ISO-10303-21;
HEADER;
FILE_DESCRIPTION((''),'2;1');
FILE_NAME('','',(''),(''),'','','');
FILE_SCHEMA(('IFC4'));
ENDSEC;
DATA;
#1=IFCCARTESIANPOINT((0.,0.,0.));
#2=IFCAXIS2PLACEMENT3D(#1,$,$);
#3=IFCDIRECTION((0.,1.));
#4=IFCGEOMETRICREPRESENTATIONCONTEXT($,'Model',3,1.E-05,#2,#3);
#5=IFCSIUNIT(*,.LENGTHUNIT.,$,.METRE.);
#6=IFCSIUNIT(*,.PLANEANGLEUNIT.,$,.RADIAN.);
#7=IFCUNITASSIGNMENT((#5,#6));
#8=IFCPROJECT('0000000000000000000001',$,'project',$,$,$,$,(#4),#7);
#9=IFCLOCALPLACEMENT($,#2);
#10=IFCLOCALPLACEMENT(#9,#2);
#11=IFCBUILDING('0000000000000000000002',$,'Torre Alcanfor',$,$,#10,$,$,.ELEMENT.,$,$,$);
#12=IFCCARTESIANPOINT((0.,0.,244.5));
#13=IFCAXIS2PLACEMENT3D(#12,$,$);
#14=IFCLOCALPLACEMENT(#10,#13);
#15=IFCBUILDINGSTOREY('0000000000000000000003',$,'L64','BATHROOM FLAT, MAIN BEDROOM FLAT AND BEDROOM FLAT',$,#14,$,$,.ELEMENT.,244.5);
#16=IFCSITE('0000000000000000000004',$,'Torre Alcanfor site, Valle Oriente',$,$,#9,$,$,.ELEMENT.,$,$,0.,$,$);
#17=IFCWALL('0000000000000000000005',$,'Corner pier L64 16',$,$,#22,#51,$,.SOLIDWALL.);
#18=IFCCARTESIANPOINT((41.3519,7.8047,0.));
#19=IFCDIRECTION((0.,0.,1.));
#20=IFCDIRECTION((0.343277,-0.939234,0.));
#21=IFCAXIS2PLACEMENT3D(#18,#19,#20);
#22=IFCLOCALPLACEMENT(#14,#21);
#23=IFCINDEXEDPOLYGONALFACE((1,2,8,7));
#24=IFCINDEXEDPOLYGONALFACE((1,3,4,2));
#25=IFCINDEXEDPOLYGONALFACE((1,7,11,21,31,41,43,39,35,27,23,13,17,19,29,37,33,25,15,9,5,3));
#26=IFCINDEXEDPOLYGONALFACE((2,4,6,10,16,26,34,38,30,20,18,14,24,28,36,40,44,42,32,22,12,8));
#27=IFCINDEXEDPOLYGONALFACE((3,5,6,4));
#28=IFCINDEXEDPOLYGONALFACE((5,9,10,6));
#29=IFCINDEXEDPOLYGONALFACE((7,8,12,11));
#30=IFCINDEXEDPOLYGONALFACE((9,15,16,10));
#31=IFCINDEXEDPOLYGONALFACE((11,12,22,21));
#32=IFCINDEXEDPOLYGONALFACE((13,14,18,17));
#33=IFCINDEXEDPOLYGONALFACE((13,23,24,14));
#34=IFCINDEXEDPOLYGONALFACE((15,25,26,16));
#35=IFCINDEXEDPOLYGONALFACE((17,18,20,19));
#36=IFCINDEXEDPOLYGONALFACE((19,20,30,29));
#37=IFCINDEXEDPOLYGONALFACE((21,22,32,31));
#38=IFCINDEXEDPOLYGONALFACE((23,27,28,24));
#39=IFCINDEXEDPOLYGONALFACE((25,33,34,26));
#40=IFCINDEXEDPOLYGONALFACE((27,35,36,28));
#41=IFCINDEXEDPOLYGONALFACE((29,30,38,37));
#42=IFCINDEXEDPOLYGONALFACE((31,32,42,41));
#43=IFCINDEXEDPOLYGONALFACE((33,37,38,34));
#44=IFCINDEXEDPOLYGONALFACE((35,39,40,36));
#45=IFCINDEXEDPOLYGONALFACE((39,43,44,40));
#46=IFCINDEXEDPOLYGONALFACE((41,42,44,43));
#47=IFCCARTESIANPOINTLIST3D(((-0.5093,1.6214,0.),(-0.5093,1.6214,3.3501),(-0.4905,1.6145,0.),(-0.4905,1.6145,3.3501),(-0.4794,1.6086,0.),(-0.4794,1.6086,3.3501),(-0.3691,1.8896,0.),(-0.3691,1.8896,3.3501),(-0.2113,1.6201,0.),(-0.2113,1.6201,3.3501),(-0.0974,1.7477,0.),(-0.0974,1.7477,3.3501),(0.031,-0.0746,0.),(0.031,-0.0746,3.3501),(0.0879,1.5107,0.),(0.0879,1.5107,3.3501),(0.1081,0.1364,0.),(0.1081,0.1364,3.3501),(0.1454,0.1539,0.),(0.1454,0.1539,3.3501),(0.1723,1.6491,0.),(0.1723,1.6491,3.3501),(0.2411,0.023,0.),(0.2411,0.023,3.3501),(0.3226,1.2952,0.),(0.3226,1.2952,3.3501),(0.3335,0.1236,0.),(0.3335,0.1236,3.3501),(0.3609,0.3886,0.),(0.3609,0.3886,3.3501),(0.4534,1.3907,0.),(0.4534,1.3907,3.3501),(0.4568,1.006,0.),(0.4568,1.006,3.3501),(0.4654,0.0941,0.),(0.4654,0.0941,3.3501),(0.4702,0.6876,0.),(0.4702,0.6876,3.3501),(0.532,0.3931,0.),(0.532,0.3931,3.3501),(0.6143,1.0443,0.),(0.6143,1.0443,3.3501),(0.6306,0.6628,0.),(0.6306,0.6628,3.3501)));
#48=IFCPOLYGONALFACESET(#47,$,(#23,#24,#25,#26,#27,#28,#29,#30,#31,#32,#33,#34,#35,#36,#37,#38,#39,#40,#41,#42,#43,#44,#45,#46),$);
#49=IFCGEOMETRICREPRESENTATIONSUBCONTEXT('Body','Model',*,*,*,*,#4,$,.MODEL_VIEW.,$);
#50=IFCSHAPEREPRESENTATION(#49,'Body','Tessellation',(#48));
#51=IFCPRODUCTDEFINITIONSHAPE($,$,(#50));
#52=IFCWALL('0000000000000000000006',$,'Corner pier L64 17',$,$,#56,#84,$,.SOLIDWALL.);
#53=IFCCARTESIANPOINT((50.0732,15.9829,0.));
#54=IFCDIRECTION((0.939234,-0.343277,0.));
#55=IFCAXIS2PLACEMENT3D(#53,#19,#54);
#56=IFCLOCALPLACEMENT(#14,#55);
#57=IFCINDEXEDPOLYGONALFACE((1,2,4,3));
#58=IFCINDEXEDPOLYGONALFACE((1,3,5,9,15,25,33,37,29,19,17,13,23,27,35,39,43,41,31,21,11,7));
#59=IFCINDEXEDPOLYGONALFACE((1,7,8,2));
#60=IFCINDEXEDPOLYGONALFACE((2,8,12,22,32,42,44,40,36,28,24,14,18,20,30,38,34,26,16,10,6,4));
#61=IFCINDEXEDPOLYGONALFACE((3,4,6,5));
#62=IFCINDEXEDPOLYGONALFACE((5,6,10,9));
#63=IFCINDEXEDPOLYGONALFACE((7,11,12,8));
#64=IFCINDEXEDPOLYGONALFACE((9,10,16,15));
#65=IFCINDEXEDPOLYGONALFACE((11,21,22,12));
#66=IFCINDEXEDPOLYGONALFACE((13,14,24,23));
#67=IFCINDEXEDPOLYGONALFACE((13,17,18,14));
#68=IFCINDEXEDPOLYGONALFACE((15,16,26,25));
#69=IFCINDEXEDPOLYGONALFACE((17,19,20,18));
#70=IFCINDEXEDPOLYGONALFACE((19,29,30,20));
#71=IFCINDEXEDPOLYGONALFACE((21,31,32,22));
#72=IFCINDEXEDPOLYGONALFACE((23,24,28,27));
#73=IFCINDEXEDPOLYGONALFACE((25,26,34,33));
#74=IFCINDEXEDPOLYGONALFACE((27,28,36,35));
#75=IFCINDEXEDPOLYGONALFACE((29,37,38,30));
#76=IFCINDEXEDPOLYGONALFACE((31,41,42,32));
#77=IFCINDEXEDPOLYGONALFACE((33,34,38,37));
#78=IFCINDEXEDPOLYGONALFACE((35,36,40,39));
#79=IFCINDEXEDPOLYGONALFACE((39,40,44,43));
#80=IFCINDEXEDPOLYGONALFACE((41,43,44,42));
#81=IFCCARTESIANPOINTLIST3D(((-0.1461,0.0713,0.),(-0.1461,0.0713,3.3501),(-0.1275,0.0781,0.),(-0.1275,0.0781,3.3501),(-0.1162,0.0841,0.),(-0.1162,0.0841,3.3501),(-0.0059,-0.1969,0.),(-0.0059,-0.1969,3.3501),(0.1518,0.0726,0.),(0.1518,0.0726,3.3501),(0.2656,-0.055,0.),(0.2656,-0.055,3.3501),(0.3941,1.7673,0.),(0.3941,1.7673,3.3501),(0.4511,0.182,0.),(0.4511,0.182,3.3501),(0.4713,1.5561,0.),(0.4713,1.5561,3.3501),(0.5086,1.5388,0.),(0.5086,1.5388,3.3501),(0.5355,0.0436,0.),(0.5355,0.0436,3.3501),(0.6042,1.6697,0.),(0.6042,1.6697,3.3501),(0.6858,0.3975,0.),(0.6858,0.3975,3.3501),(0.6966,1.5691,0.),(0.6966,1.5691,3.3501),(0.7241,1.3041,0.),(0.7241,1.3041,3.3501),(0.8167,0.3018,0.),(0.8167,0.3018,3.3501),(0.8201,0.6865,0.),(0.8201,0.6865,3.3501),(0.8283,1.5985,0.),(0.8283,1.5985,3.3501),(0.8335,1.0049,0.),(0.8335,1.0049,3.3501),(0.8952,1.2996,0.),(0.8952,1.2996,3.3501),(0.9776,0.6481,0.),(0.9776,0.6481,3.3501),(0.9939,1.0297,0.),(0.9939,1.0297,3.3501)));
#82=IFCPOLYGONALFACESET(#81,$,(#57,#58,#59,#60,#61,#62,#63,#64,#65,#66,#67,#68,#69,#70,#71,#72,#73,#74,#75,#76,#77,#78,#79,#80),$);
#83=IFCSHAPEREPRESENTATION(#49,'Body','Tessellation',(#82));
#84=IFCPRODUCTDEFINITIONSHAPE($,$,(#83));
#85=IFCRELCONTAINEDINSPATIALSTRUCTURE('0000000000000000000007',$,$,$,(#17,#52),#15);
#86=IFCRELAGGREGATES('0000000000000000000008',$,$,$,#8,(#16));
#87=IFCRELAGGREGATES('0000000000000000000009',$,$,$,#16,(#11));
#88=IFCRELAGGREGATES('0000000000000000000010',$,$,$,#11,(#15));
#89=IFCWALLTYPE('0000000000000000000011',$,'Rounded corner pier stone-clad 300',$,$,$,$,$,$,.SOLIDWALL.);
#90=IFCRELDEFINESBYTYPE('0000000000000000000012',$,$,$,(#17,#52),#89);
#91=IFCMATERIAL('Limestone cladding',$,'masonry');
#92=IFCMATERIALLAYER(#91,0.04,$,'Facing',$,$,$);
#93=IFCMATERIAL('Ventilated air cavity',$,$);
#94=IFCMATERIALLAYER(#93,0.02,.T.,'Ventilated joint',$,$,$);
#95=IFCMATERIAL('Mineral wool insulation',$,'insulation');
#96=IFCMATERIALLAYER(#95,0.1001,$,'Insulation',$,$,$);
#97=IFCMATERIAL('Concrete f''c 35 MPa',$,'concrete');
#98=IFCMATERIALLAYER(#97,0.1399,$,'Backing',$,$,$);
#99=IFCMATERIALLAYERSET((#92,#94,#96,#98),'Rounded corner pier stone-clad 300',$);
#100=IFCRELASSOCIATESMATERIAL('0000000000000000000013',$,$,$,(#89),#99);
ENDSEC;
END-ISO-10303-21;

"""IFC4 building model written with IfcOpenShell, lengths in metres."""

from ifc_helpers import new_model, si_unit, direction, frame, origin, place, context, subcontext, project, spatial, polyline, outline, extrude, material, layer, layer_set, type_object, element, save


model = new_model("IFC4")

# Units and contexts
model_context = context("Model", 3, precision=1e-05, world=origin(), true_north=direction((0.0, 1.0)))
body_context = subcontext(model_context, "Body", "Model", "MODEL_VIEW")
ifc_project = project(units=[si_unit("LENGTHUNIT", "METRE"), si_unit("PLANEANGLEUNIT", "RADIAN")], contexts=[model_context])

# Site, building, storey
site_placement = place(None, origin())
site = spatial("IfcSite", under=ifc_project, at=site_placement, Name="Torre Alcanfor site, Valle Oriente", CompositionType="ELEMENT", RefElevation=0.0)
building_placement = place(site_placement, origin())
building = spatial("IfcBuilding", under=site, at=building_placement, Name="Torre Alcanfor", CompositionType="ELEMENT")
storey_placement = place(building_placement, frame((0.0, 0.0, 244.5)))
storey = spatial("IfcBuildingStorey", under=building, at=storey_placement, Name="L64", Description="BATHROOM FLAT, MAIN BEDROOM FLAT AND BEDROOM FLAT", CompositionType="ELEMENT", Elevation=244.5)

# Shared definitions
ifc_material_1 = material(Name="Limestone cladding", Category="masonry")
ifc_material_2 = material(Name="Ventilated air cavity")
ifc_material_3 = material(Name="Mineral wool insulation", Category="insulation")
ifc_material_4 = material(Name="Concrete f'c 35 MPa", Category="concrete")

# Walls
ifc_layer_1 = layer(ifc_material_1, 0.04, Name="Facing")
ifc_layer_2 = layer(ifc_material_2, 0.02, ventilated=True, Name="Ventilated joint")
ifc_layer_3 = layer(ifc_material_3, 0.1001, Name="Insulation")
ifc_layer_4 = layer(ifc_material_4, 0.1399, Name="Backing")
ifc_layer_set_1 = layer_set([ifc_layer_1, ifc_layer_2, ifc_layer_3, ifc_layer_4], Name="Rounded corner pier stone-clad 300")
wall_type_1 = type_object("IfcWallType", Name="Rounded corner pier stone-clad 300", PredefinedType="SOLIDWALL", material=ifc_layer_set_1)
wall_1_placement = place(storey_placement, frame((41.3519, 7.8047, 0.0), z_axis=(0.0, 0.0, 1.0), x_axis=(0.343277, -0.939234, 0.0)))
element("IfcWall", 1, at=wall_1_placement, inside=storey, type_object=wall_type_1, Name="Corner pier L64 16", PredefinedType="SOLIDWALL", context=body_context, shape_type="SweptSolid", body=[
    extrude(outline(polyline([(-0.3691, 1.8896), (-0.5093, 1.6214), (-0.4905, 1.6145), (-0.4794, 1.6086), (-0.2113, 1.6201), (0.0879, 1.5107), (0.3226, 1.2952), (0.4568, 1.006), (0.4702, 0.6876), (0.3609, 0.3886), (0.1454, 0.1539), (0.1081, 0.1364), (0.031, -0.0746), (0.2411, 0.023), (0.3335, 0.1236), (0.4654, 0.0941), (0.532, 0.3931), (0.6306, 0.6628), (0.6143, 1.0443), (0.4534, 1.3907), (0.1723, 1.6491), (-0.0974, 1.7477), (-0.3691, 1.8896)])), origin(), (0.0, 0.0, 1.0), 3.3501),
])
wall_2_placement = place(storey_placement, frame((50.0732, 15.9829, 0.0), z_axis=(0.0, 0.0, 1.0), x_axis=(0.939234, -0.343277, 0.0)))
element("IfcWall", 2, at=wall_2_placement, inside=storey, type_object=wall_type_1, Name="Corner pier L64 17", PredefinedType="SOLIDWALL", context=body_context, shape_type="SweptSolid", body=[
    extrude(outline(polyline([(0.8283, 1.5985), (0.6966, 1.5691), (0.6042, 1.6697), (0.3941, 1.7673), (0.4713, 1.5561), (0.5086, 1.5388), (0.7241, 1.3041), (0.8335, 1.0049), (0.8201, 0.6865), (0.6858, 0.3975), (0.4511, 0.182), (0.1518, 0.0726), (-0.1162, 0.0841), (-0.1275, 0.0781), (-0.1461, 0.0713), (-0.0059, -0.1969), (0.2656, -0.055), (0.5355, 0.0436), (0.8167, 0.3018), (0.9776, 0.6481), (0.9939, 1.0297), (0.8952, 1.2996), (0.8283, 1.5985)])), origin(), (0.0, 0.0, 1.0), 3.3501),
])

save(model, "model.ifc")
